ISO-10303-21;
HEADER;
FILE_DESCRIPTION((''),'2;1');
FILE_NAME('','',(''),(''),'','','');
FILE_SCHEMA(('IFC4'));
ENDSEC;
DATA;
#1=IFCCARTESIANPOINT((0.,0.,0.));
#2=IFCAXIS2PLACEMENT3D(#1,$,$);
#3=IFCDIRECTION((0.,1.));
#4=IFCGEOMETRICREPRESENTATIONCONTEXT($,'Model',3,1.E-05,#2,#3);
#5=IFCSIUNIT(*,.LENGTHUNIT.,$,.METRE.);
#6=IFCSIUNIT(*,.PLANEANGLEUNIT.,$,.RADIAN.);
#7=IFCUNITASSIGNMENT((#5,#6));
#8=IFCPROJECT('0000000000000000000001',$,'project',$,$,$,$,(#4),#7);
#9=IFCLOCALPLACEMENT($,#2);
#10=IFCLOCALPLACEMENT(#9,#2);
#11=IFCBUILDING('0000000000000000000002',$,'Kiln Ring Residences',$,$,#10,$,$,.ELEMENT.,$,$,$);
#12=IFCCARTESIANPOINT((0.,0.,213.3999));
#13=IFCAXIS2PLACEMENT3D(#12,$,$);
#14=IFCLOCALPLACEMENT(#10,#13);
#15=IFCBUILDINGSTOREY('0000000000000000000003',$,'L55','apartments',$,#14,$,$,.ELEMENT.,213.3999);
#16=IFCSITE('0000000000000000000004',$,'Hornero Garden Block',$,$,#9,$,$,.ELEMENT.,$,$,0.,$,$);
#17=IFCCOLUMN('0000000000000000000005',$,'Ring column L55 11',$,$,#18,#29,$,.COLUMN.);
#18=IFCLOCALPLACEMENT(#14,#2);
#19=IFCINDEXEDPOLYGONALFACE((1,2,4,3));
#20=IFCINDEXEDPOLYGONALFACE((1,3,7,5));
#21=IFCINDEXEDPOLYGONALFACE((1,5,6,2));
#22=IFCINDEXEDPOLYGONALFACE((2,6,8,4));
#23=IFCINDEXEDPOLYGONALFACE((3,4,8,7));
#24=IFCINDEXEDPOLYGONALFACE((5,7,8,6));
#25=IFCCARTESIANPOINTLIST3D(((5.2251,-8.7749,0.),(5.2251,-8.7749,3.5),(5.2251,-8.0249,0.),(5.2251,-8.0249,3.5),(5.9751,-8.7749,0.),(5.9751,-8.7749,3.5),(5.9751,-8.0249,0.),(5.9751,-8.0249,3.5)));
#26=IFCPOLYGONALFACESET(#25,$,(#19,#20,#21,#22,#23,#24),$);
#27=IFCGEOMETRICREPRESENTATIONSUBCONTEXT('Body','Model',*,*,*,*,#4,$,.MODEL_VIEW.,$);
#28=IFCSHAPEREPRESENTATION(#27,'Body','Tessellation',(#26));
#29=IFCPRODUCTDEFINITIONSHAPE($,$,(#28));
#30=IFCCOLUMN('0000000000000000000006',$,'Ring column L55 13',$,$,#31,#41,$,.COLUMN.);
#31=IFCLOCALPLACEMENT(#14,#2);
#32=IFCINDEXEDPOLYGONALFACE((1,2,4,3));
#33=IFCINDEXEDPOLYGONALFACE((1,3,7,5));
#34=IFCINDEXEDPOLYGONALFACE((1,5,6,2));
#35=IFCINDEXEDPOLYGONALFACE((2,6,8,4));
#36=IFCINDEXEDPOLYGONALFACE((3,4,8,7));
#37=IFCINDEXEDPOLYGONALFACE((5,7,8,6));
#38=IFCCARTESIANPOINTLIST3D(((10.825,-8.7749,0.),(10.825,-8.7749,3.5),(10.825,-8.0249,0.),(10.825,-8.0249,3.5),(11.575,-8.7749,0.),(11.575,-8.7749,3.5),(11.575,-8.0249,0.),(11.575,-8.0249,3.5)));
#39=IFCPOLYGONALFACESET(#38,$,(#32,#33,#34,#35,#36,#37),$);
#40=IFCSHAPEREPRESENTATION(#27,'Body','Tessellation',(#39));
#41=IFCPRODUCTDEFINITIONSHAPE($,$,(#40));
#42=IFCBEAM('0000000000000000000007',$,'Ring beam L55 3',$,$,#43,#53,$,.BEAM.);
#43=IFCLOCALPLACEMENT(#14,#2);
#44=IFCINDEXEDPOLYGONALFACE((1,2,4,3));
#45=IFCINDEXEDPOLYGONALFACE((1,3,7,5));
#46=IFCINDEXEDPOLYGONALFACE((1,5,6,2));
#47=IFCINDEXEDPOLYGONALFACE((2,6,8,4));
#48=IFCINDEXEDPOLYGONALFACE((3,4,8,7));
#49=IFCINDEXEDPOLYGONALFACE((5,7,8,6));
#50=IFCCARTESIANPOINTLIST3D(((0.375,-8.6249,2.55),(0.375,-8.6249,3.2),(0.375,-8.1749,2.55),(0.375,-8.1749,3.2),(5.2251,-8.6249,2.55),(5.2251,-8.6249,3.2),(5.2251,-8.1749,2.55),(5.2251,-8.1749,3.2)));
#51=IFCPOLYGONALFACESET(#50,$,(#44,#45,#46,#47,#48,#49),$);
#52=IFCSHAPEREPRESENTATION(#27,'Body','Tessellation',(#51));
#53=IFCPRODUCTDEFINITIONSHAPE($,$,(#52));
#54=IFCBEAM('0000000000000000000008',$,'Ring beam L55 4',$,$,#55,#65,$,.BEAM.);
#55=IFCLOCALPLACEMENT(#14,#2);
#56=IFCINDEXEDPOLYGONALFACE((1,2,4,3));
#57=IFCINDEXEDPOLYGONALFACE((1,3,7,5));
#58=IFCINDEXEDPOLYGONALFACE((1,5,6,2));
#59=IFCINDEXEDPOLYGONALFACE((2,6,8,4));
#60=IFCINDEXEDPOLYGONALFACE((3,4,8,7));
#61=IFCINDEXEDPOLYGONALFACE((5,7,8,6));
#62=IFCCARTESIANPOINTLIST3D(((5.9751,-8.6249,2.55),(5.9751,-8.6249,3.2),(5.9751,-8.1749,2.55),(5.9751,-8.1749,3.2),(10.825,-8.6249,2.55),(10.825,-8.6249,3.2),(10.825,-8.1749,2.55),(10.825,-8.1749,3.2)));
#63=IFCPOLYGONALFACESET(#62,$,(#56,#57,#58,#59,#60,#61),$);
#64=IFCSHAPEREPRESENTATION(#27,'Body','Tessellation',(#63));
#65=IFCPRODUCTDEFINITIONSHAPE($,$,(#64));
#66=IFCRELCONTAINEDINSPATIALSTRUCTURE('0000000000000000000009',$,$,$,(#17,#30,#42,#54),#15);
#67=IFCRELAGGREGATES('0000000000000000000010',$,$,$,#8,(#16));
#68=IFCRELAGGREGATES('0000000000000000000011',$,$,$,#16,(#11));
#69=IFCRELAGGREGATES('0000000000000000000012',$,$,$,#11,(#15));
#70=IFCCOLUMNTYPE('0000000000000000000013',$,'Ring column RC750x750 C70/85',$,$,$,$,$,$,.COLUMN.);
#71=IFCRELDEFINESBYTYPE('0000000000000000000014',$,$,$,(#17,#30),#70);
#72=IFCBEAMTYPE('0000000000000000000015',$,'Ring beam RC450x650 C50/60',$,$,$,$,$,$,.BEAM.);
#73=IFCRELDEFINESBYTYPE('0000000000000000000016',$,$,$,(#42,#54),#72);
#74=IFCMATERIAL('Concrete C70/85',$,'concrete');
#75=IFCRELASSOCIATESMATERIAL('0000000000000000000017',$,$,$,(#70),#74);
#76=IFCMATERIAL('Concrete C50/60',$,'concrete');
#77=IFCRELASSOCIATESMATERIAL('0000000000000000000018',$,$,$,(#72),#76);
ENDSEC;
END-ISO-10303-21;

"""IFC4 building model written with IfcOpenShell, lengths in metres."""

from ifc_helpers import new_model, si_unit, direction, frame, origin, origin_2d, place, context, subcontext, project, spatial, rectangle, extrude, material, material_profile, profile_set, type_object, element, save


model = new_model("IFC4")

# Units and contexts
model_context = context("Model", 3, precision=1e-05, world=origin(), true_north=direction((0.0, 1.0)))
body_context = subcontext(model_context, "Body", "Model", "MODEL_VIEW")
ifc_project = project(units=[si_unit("LENGTHUNIT", "METRE"), si_unit("PLANEANGLEUNIT", "RADIAN")], contexts=[model_context])

# Site, building, storey
site_placement = place(None, origin())
site = spatial("IfcSite", under=ifc_project, at=site_placement, Name="Hornero Garden Block", CompositionType="ELEMENT", RefElevation=0.0)
building_placement = place(site_placement, origin())
building = spatial("IfcBuilding", under=site, at=building_placement, Name="Kiln Ring Residences", CompositionType="ELEMENT")
storey_placement = place(building_placement, frame((0.0, 0.0, 213.3999)))
storey = spatial("IfcBuildingStorey", under=building, at=storey_placement, Name="L55", Description="apartments", CompositionType="ELEMENT", Elevation=213.3999)

# Columns
ifc_material_1 = material(Name="Concrete C70/85", Category="concrete")
ifc_material_profile_1 = material_profile(ifc_material_1, rectangle(XDim=0.75, YDim=0.75, at=origin_2d()), Name="RC750x750")
ifc_profile_set_1 = profile_set([ifc_material_profile_1], Name="Concrete C70/85")
column_type = type_object("IfcColumnType", Name="Ring column RC750x750 C70/85", PredefinedType="COLUMN", material=ifc_profile_set_1)
for number, where, z_axis, x_axis, name in (
    (1, (5.6001, -8.3999, 0.0), (0.0, 0.0, 1.0), (1.0, 0.0, 0.0), "Ring column L55 11"),
    (2, (11.2, -8.3999, 0.0), (0.0, 0.0, 1.0), (1.0, 0.0, 0.0), "Ring column L55 13"),
):
    element("IfcColumn", number, at=place(storey_placement, frame(where, z_axis=z_axis, x_axis=x_axis)), inside=storey, type_object=column_type, Name=name, PredefinedType="COLUMN", context=body_context, shape_type="SweptSolid", body=[
        extrude(rectangle(XDim=0.75, YDim=0.75, at=origin_2d()), origin(), (0.0, 0.0, 1.0), 3.5),
    ])

# Beams
ifc_material_2 = material(Name="Concrete C50/60", Category="concrete")
ifc_material_profile_2 = material_profile(ifc_material_2, rectangle(XDim=0.45, YDim=0.6499, at=origin_2d()), Name="RC450x650")
ifc_profile_set_2 = profile_set([ifc_material_profile_2], Name="Concrete C50/60")
beam_type = type_object("IfcBeamType", Name="Ring beam RC450x650 C50/60", PredefinedType="BEAM", material=ifc_profile_set_2)
beam_1_placement = place(storey_placement, frame((0.375, -8.3999, 2.875), z_axis=(1.0, 0.0, 0.0), x_axis=(0.0, 1.0, 0.0)))
element("IfcBeam", 3, at=beam_1_placement, inside=storey, type_object=beam_type, Name="Ring beam L55 3", PredefinedType="BEAM", context=body_context, shape_type="SweptSolid", body=[
    extrude(rectangle(XDim=0.45, YDim=0.6499, at=origin_2d()), origin(), (0.0, 0.0, 1.0), 4.8501),
])
beam_2_placement = place(storey_placement, frame((5.9751, -8.3999, 2.875), z_axis=(1.0, 0.0, 0.0), x_axis=(0.0, 1.0, 0.0)))
element("IfcBeam", 4, at=beam_2_placement, inside=storey, type_object=beam_type, Name="Ring beam L55 4", PredefinedType="BEAM", context=body_context, shape_type="SweptSolid", body=[
    extrude(rectangle(XDim=0.45, YDim=0.6499, at=origin_2d()), origin(), (0.0, 0.0, 1.0), 4.8499),
])

save(model, "model.ifc")
